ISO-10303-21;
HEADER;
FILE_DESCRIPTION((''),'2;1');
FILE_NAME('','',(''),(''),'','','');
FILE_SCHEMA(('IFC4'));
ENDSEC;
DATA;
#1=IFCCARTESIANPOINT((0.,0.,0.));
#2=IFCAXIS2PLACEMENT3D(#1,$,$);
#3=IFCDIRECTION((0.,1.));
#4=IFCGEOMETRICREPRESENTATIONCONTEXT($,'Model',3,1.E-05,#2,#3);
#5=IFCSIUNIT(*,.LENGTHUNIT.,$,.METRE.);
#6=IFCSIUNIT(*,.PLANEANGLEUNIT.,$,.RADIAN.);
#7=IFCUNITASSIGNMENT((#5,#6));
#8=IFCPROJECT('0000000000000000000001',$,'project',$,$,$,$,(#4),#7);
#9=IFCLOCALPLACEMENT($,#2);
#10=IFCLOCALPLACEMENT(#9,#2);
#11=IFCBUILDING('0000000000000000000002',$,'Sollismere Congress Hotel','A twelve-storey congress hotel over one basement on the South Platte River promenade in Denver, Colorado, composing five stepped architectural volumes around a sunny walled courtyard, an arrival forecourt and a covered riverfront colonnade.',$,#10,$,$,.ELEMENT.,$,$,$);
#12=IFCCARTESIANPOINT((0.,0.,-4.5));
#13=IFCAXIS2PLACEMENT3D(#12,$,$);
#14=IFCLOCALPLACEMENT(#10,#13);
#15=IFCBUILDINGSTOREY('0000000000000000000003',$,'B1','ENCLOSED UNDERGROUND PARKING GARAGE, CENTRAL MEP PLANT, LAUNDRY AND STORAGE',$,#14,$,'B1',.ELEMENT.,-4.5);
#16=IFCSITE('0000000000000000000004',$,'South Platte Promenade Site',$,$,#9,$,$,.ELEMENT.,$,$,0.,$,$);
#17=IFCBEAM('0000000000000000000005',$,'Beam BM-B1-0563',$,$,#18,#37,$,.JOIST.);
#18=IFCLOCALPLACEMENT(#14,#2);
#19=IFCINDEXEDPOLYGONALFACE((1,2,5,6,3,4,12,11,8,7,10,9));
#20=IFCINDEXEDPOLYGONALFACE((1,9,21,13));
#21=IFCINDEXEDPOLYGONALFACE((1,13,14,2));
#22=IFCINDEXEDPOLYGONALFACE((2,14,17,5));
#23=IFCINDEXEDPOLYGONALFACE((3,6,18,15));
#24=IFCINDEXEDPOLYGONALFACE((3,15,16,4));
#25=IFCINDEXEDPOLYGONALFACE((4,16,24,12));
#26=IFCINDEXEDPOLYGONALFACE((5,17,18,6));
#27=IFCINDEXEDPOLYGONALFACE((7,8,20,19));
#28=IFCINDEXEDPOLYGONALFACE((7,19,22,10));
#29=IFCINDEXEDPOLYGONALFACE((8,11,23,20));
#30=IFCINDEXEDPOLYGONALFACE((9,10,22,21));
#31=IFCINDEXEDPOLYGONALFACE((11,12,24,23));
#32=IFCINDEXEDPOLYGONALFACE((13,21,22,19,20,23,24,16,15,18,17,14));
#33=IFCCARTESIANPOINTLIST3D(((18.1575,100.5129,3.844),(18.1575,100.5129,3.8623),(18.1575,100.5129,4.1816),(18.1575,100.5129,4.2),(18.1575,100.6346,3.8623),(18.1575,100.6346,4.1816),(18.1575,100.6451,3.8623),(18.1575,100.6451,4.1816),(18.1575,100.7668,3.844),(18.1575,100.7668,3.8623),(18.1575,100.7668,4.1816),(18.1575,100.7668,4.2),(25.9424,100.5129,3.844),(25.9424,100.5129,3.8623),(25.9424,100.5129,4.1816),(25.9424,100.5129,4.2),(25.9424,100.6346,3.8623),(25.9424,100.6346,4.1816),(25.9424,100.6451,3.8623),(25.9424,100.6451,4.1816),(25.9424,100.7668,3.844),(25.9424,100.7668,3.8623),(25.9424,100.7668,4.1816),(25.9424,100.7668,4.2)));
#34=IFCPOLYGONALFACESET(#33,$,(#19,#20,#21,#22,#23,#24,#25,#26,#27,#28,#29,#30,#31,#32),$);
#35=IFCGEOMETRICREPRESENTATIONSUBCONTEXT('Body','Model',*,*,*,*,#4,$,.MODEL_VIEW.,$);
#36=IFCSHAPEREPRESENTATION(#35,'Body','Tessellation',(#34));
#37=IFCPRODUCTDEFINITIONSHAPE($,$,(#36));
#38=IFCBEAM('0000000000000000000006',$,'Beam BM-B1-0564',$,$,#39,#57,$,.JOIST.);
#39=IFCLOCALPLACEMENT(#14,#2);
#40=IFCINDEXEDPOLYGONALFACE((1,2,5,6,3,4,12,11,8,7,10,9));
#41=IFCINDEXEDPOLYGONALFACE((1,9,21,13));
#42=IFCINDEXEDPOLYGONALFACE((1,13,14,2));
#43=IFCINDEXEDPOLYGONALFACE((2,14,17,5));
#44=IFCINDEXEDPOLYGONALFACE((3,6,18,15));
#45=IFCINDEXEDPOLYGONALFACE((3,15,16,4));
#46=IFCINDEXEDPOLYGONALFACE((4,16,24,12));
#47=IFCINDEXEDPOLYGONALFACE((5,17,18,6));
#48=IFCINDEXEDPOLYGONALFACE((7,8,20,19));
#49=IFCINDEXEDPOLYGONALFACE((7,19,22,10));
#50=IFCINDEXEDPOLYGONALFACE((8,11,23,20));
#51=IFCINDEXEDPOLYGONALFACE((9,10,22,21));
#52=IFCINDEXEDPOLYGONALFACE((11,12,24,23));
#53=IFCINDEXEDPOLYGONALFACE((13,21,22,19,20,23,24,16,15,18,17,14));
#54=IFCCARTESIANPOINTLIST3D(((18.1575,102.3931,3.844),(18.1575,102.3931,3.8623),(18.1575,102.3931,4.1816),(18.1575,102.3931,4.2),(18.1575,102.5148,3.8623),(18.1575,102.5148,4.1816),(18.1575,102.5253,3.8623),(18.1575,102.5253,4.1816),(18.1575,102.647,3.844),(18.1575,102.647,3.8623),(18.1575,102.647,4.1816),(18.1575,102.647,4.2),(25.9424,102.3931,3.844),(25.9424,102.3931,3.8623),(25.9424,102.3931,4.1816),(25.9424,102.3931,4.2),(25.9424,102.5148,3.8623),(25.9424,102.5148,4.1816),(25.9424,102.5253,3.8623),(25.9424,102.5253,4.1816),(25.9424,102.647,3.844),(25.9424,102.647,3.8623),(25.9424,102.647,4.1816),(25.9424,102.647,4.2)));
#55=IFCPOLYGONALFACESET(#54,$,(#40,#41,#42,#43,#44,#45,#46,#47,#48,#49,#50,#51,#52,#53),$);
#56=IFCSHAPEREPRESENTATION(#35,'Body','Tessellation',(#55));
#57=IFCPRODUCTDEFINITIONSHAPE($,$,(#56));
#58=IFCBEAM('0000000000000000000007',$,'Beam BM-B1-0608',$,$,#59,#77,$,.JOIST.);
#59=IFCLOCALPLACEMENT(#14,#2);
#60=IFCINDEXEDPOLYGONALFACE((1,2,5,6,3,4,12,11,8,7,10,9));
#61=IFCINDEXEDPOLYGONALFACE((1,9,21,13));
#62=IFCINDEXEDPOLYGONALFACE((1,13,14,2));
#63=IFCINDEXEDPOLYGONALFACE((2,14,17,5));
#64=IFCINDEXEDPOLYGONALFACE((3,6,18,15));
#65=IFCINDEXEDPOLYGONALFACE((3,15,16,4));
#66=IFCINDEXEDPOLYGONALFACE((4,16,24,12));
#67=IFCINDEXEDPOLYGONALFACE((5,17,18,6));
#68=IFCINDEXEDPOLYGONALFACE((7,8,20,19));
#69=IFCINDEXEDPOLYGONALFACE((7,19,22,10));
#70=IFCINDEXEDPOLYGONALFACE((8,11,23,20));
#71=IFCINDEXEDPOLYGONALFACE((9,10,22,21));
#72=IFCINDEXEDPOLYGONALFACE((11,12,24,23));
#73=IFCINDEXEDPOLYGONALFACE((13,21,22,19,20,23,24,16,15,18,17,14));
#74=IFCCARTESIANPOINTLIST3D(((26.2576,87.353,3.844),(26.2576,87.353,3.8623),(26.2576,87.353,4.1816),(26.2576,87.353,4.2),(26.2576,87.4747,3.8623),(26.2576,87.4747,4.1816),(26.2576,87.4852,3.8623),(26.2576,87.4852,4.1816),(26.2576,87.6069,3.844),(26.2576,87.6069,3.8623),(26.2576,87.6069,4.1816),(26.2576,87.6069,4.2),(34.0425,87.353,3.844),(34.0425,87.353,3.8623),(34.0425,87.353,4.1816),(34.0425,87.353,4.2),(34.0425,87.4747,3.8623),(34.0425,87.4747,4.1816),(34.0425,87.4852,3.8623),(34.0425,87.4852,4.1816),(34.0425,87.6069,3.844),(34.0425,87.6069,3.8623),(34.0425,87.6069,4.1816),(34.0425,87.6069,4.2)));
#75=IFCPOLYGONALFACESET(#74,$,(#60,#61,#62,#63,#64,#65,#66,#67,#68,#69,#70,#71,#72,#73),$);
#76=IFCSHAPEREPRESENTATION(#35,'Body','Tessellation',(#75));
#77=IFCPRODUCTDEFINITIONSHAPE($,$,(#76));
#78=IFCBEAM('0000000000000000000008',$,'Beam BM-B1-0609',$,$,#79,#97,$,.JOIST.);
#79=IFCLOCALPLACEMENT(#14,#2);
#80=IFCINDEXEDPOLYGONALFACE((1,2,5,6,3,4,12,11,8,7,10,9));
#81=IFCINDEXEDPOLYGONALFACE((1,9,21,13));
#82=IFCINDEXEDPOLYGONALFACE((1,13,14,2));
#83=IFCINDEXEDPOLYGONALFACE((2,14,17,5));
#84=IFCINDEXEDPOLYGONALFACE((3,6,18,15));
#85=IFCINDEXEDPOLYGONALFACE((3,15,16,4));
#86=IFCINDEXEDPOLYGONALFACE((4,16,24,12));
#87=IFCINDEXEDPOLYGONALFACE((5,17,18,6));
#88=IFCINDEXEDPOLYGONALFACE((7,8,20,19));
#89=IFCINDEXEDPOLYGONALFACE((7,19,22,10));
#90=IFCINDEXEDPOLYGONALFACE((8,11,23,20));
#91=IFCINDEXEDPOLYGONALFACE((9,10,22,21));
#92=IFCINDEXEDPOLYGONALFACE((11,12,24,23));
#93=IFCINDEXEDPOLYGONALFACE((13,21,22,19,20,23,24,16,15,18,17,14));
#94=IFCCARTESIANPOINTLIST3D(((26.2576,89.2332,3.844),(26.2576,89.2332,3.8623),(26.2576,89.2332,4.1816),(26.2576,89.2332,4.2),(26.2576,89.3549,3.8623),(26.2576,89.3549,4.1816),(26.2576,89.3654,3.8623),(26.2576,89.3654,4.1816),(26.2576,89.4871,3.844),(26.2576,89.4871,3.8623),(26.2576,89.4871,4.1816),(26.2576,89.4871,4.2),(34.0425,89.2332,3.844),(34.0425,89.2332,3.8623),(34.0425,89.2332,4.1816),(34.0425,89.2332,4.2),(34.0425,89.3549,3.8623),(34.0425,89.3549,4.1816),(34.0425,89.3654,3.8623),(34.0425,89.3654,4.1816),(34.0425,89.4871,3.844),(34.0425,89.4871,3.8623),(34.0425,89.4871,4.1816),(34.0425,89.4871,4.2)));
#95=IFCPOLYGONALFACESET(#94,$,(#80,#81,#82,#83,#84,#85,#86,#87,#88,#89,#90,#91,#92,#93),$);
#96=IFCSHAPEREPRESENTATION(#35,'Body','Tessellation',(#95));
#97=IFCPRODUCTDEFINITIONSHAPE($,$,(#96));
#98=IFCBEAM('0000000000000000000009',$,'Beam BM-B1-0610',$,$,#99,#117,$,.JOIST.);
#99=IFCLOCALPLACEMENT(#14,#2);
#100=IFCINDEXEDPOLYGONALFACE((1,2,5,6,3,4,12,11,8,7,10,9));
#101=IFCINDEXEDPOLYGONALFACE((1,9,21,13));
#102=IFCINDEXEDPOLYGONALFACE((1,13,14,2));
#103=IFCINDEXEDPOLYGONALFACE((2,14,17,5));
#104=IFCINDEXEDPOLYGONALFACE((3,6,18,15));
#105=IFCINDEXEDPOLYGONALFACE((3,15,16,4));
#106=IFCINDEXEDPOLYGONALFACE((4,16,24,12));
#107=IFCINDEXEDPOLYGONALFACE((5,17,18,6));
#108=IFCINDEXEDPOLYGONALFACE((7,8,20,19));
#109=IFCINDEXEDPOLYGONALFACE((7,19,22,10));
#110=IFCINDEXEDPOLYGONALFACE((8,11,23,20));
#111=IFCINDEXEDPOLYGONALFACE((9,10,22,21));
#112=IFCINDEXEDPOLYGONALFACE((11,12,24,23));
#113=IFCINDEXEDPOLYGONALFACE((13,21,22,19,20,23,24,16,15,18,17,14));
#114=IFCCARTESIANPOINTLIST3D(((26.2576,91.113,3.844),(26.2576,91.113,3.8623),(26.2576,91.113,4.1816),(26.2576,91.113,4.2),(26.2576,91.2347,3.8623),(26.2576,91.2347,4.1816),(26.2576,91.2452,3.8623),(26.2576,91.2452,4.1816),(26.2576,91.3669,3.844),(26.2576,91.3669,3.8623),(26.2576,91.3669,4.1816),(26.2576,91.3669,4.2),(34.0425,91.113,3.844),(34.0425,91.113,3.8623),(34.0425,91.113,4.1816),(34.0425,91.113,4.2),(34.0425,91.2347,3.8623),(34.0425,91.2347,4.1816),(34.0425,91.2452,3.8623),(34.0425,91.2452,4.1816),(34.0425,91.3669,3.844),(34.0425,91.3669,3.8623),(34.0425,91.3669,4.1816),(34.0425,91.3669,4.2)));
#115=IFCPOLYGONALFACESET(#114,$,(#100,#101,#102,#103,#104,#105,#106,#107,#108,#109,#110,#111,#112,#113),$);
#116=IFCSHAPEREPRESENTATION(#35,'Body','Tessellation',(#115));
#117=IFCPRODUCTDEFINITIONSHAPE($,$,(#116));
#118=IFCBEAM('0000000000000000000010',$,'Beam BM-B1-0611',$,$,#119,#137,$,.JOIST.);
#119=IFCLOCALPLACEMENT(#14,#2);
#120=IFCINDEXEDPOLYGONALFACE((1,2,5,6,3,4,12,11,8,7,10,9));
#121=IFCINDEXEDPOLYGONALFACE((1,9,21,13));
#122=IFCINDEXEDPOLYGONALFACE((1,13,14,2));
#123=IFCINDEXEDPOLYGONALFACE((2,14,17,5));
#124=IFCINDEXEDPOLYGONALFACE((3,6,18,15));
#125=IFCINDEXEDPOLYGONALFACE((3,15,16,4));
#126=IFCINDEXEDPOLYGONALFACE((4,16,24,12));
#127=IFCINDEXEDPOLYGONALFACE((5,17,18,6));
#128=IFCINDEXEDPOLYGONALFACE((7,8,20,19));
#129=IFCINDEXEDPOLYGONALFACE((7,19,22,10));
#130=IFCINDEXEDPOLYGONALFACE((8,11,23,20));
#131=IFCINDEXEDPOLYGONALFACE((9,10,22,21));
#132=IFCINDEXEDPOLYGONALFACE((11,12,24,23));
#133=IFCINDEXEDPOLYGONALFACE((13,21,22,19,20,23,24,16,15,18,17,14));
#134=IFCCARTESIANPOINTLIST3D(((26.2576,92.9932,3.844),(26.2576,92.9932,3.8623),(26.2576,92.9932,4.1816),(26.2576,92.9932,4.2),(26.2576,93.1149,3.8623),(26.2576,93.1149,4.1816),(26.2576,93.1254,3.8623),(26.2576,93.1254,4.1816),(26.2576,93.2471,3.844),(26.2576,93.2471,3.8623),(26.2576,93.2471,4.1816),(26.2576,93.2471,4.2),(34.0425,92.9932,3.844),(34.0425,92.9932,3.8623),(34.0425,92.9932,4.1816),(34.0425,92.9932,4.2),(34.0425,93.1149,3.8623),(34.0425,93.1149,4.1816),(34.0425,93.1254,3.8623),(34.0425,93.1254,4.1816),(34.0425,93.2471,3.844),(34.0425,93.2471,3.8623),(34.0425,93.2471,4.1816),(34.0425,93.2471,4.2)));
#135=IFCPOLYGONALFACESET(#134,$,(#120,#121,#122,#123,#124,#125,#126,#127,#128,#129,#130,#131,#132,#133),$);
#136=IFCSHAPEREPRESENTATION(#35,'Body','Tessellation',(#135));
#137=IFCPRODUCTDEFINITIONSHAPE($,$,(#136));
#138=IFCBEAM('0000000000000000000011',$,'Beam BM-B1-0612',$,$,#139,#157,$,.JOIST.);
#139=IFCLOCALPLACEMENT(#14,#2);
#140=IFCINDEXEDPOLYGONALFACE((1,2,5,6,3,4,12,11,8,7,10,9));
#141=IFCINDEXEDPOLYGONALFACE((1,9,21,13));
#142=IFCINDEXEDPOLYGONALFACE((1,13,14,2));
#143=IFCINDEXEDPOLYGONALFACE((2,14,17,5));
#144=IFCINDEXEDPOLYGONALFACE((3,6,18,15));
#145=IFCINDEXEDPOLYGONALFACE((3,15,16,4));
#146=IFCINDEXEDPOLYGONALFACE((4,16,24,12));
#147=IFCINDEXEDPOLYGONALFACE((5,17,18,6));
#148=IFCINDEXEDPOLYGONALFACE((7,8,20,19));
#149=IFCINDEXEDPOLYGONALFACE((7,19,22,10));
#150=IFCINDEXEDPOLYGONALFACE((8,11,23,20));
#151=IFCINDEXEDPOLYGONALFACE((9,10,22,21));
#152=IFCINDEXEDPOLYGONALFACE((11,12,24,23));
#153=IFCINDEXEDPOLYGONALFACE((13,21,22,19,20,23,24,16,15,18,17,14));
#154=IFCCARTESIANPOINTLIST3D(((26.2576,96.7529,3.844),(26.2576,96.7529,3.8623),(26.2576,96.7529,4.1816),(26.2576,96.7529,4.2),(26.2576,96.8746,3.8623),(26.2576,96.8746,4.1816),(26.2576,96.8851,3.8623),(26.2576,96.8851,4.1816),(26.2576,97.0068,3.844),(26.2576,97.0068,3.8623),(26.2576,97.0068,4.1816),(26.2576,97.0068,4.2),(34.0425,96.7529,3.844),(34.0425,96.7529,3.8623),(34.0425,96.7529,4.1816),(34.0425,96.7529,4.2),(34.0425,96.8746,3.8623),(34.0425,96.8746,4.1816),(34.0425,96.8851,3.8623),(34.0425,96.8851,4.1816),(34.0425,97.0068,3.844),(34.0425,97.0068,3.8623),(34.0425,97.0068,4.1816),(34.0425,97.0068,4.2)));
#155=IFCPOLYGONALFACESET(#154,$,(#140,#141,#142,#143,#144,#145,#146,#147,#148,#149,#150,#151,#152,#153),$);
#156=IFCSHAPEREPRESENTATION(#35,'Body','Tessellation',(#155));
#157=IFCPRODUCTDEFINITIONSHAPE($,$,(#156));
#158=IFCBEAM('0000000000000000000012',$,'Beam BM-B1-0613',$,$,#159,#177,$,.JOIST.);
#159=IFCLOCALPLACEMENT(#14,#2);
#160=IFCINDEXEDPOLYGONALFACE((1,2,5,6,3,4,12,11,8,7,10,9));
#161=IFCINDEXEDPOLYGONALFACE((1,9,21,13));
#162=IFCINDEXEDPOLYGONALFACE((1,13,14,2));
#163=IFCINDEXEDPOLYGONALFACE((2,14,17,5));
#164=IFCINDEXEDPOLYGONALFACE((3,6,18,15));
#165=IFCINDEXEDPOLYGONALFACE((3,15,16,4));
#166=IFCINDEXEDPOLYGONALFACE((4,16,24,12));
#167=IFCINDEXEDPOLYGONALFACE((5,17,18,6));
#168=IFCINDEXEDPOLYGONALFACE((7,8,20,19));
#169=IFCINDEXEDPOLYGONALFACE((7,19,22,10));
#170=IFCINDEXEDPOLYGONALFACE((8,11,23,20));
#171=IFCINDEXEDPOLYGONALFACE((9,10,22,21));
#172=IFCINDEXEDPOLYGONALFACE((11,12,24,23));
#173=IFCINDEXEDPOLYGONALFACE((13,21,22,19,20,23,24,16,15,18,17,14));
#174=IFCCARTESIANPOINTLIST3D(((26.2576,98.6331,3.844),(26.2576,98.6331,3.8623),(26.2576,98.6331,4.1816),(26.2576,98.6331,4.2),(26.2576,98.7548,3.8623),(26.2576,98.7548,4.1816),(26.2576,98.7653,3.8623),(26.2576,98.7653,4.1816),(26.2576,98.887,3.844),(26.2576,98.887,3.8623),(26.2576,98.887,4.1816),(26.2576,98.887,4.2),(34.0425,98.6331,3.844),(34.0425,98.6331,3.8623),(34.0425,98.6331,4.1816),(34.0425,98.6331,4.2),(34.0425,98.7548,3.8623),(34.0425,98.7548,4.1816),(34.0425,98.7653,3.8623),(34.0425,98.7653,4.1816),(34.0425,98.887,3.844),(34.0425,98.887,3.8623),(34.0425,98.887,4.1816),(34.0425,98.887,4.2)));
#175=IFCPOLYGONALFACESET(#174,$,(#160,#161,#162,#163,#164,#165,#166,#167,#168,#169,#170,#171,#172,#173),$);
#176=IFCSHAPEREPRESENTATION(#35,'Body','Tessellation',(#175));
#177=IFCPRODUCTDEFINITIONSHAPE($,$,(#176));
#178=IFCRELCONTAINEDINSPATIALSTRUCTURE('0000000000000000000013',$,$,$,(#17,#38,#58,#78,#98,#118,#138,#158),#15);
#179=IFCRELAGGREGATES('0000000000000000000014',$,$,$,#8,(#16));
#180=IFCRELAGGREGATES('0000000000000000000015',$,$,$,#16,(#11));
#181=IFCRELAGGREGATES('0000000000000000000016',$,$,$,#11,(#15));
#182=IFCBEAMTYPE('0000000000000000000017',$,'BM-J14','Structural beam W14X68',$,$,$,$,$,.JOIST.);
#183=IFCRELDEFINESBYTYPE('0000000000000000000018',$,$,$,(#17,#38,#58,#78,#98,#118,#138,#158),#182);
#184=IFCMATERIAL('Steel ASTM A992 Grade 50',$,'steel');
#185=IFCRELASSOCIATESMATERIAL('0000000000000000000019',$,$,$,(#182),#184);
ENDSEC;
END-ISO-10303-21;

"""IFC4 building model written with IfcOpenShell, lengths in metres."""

from ifc_helpers import new_model, si_unit, direction, frame, origin, origin_2d, place, context, subcontext, project, spatial, i_section, extrude, material, material_profile, profile_set, type_object, element, save


model = new_model("IFC4")

# Units and contexts
model_context = context("Model", 3, precision=1e-05, world=origin(), true_north=direction((0.0, 1.0)))
body_context = subcontext(model_context, "Body", "Model", "MODEL_VIEW")
ifc_project = project(units=[si_unit("LENGTHUNIT", "METRE"), si_unit("PLANEANGLEUNIT", "RADIAN")], contexts=[model_context])

# Site, building, storey
site_placement = place(None, origin())
site = spatial("IfcSite", under=ifc_project, at=site_placement, Name="South Platte Promenade Site", CompositionType="ELEMENT", RefElevation=0.0)
building_placement = place(site_placement, origin())
building = spatial("IfcBuilding", under=site, at=building_placement, Name="Sollismere Congress Hotel", Description="A twelve-storey congress hotel over one basement on the South Platte River promenade in Denver, Colorado, composing five stepped architectural volumes around a sunny walled courtyard, an arrival forecourt and a covered riverfront colonnade.", CompositionType="ELEMENT")
storey_placement = place(building_placement, frame((0.0, 0.0, -4.5)))
storey = spatial("IfcBuildingStorey", under=building, at=storey_placement, Name="B1", Description="ENCLOSED UNDERGROUND PARKING GARAGE, CENTRAL MEP PLANT, LAUNDRY AND STORAGE", LongName="B1", CompositionType="ELEMENT", Elevation=-4.5)

# Beams
ifc_material_1 = material(Name="Steel ASTM A992 Grade 50", Category="steel")
ifc_material_profile_1 = material_profile(ifc_material_1, i_section(OverallWidth=0.2539, OverallDepth=0.356, WebThickness=0.0105, FlangeThickness=0.0183, at=origin_2d()), Name="W14X68")
ifc_profile_set_1 = profile_set([ifc_material_profile_1], Name="Steel ASTM A992 Grade 50")
beam_type_1 = type_object("IfcBeamType", Name="BM-J14", Description="Structural beam W14X68", PredefinedType="JOIST", material=ifc_profile_set_1)
for number, where, z_axis, x_axis, name in (
    (1, (18.1575, 100.6399, 4.022), (1.0, 0.0, 0.0), (0.0, 1.0, 0.0), "Beam BM-B1-0563"),
    (2, (18.1575, 102.52, 4.022), (1.0, 0.0, 0.0), (0.0, 1.0, 0.0), "Beam BM-B1-0564"),
    (3, (26.2576, 87.48, 4.022), (1.0, 0.0, 0.0), (0.0, 1.0, 0.0), "Beam BM-B1-0608"),
    (4, (26.2576, 89.3601, 4.022), (1.0, 0.0, 0.0), (0.0, 1.0, 0.0), "Beam BM-B1-0609"),
    (5, (26.2576, 91.24, 4.022), (1.0, 0.0, 0.0), (0.0, 1.0, 0.0), "Beam BM-B1-0610"),
    (6, (26.2576, 93.1201, 4.022), (1.0, 0.0, 0.0), (0.0, 1.0, 0.0), "Beam BM-B1-0611"),
    (7, (26.2576, 96.8799, 4.022), (1.0, 0.0, 0.0), (0.0, 1.0, 0.0), "Beam BM-B1-0612"),
    (8, (26.2576, 98.76, 4.022), (1.0, 0.0, 0.0), (0.0, 1.0, 0.0), "Beam BM-B1-0613"),
):
    element("IfcBeam", number, at=place(storey_placement, frame(where, z_axis=z_axis, x_axis=x_axis)), inside=storey, type_object=beam_type_1, Name=name, PredefinedType="JOIST", context=body_context, shape_type="SweptSolid", body=[
        extrude(i_section(OverallWidth=0.2539, OverallDepth=0.356, WebThickness=0.0105, FlangeThickness=0.0183, at=origin_2d()), origin(), (0.0, 0.0, 1.0), 7.7849),
    ])

save(model, "model.ifc")
